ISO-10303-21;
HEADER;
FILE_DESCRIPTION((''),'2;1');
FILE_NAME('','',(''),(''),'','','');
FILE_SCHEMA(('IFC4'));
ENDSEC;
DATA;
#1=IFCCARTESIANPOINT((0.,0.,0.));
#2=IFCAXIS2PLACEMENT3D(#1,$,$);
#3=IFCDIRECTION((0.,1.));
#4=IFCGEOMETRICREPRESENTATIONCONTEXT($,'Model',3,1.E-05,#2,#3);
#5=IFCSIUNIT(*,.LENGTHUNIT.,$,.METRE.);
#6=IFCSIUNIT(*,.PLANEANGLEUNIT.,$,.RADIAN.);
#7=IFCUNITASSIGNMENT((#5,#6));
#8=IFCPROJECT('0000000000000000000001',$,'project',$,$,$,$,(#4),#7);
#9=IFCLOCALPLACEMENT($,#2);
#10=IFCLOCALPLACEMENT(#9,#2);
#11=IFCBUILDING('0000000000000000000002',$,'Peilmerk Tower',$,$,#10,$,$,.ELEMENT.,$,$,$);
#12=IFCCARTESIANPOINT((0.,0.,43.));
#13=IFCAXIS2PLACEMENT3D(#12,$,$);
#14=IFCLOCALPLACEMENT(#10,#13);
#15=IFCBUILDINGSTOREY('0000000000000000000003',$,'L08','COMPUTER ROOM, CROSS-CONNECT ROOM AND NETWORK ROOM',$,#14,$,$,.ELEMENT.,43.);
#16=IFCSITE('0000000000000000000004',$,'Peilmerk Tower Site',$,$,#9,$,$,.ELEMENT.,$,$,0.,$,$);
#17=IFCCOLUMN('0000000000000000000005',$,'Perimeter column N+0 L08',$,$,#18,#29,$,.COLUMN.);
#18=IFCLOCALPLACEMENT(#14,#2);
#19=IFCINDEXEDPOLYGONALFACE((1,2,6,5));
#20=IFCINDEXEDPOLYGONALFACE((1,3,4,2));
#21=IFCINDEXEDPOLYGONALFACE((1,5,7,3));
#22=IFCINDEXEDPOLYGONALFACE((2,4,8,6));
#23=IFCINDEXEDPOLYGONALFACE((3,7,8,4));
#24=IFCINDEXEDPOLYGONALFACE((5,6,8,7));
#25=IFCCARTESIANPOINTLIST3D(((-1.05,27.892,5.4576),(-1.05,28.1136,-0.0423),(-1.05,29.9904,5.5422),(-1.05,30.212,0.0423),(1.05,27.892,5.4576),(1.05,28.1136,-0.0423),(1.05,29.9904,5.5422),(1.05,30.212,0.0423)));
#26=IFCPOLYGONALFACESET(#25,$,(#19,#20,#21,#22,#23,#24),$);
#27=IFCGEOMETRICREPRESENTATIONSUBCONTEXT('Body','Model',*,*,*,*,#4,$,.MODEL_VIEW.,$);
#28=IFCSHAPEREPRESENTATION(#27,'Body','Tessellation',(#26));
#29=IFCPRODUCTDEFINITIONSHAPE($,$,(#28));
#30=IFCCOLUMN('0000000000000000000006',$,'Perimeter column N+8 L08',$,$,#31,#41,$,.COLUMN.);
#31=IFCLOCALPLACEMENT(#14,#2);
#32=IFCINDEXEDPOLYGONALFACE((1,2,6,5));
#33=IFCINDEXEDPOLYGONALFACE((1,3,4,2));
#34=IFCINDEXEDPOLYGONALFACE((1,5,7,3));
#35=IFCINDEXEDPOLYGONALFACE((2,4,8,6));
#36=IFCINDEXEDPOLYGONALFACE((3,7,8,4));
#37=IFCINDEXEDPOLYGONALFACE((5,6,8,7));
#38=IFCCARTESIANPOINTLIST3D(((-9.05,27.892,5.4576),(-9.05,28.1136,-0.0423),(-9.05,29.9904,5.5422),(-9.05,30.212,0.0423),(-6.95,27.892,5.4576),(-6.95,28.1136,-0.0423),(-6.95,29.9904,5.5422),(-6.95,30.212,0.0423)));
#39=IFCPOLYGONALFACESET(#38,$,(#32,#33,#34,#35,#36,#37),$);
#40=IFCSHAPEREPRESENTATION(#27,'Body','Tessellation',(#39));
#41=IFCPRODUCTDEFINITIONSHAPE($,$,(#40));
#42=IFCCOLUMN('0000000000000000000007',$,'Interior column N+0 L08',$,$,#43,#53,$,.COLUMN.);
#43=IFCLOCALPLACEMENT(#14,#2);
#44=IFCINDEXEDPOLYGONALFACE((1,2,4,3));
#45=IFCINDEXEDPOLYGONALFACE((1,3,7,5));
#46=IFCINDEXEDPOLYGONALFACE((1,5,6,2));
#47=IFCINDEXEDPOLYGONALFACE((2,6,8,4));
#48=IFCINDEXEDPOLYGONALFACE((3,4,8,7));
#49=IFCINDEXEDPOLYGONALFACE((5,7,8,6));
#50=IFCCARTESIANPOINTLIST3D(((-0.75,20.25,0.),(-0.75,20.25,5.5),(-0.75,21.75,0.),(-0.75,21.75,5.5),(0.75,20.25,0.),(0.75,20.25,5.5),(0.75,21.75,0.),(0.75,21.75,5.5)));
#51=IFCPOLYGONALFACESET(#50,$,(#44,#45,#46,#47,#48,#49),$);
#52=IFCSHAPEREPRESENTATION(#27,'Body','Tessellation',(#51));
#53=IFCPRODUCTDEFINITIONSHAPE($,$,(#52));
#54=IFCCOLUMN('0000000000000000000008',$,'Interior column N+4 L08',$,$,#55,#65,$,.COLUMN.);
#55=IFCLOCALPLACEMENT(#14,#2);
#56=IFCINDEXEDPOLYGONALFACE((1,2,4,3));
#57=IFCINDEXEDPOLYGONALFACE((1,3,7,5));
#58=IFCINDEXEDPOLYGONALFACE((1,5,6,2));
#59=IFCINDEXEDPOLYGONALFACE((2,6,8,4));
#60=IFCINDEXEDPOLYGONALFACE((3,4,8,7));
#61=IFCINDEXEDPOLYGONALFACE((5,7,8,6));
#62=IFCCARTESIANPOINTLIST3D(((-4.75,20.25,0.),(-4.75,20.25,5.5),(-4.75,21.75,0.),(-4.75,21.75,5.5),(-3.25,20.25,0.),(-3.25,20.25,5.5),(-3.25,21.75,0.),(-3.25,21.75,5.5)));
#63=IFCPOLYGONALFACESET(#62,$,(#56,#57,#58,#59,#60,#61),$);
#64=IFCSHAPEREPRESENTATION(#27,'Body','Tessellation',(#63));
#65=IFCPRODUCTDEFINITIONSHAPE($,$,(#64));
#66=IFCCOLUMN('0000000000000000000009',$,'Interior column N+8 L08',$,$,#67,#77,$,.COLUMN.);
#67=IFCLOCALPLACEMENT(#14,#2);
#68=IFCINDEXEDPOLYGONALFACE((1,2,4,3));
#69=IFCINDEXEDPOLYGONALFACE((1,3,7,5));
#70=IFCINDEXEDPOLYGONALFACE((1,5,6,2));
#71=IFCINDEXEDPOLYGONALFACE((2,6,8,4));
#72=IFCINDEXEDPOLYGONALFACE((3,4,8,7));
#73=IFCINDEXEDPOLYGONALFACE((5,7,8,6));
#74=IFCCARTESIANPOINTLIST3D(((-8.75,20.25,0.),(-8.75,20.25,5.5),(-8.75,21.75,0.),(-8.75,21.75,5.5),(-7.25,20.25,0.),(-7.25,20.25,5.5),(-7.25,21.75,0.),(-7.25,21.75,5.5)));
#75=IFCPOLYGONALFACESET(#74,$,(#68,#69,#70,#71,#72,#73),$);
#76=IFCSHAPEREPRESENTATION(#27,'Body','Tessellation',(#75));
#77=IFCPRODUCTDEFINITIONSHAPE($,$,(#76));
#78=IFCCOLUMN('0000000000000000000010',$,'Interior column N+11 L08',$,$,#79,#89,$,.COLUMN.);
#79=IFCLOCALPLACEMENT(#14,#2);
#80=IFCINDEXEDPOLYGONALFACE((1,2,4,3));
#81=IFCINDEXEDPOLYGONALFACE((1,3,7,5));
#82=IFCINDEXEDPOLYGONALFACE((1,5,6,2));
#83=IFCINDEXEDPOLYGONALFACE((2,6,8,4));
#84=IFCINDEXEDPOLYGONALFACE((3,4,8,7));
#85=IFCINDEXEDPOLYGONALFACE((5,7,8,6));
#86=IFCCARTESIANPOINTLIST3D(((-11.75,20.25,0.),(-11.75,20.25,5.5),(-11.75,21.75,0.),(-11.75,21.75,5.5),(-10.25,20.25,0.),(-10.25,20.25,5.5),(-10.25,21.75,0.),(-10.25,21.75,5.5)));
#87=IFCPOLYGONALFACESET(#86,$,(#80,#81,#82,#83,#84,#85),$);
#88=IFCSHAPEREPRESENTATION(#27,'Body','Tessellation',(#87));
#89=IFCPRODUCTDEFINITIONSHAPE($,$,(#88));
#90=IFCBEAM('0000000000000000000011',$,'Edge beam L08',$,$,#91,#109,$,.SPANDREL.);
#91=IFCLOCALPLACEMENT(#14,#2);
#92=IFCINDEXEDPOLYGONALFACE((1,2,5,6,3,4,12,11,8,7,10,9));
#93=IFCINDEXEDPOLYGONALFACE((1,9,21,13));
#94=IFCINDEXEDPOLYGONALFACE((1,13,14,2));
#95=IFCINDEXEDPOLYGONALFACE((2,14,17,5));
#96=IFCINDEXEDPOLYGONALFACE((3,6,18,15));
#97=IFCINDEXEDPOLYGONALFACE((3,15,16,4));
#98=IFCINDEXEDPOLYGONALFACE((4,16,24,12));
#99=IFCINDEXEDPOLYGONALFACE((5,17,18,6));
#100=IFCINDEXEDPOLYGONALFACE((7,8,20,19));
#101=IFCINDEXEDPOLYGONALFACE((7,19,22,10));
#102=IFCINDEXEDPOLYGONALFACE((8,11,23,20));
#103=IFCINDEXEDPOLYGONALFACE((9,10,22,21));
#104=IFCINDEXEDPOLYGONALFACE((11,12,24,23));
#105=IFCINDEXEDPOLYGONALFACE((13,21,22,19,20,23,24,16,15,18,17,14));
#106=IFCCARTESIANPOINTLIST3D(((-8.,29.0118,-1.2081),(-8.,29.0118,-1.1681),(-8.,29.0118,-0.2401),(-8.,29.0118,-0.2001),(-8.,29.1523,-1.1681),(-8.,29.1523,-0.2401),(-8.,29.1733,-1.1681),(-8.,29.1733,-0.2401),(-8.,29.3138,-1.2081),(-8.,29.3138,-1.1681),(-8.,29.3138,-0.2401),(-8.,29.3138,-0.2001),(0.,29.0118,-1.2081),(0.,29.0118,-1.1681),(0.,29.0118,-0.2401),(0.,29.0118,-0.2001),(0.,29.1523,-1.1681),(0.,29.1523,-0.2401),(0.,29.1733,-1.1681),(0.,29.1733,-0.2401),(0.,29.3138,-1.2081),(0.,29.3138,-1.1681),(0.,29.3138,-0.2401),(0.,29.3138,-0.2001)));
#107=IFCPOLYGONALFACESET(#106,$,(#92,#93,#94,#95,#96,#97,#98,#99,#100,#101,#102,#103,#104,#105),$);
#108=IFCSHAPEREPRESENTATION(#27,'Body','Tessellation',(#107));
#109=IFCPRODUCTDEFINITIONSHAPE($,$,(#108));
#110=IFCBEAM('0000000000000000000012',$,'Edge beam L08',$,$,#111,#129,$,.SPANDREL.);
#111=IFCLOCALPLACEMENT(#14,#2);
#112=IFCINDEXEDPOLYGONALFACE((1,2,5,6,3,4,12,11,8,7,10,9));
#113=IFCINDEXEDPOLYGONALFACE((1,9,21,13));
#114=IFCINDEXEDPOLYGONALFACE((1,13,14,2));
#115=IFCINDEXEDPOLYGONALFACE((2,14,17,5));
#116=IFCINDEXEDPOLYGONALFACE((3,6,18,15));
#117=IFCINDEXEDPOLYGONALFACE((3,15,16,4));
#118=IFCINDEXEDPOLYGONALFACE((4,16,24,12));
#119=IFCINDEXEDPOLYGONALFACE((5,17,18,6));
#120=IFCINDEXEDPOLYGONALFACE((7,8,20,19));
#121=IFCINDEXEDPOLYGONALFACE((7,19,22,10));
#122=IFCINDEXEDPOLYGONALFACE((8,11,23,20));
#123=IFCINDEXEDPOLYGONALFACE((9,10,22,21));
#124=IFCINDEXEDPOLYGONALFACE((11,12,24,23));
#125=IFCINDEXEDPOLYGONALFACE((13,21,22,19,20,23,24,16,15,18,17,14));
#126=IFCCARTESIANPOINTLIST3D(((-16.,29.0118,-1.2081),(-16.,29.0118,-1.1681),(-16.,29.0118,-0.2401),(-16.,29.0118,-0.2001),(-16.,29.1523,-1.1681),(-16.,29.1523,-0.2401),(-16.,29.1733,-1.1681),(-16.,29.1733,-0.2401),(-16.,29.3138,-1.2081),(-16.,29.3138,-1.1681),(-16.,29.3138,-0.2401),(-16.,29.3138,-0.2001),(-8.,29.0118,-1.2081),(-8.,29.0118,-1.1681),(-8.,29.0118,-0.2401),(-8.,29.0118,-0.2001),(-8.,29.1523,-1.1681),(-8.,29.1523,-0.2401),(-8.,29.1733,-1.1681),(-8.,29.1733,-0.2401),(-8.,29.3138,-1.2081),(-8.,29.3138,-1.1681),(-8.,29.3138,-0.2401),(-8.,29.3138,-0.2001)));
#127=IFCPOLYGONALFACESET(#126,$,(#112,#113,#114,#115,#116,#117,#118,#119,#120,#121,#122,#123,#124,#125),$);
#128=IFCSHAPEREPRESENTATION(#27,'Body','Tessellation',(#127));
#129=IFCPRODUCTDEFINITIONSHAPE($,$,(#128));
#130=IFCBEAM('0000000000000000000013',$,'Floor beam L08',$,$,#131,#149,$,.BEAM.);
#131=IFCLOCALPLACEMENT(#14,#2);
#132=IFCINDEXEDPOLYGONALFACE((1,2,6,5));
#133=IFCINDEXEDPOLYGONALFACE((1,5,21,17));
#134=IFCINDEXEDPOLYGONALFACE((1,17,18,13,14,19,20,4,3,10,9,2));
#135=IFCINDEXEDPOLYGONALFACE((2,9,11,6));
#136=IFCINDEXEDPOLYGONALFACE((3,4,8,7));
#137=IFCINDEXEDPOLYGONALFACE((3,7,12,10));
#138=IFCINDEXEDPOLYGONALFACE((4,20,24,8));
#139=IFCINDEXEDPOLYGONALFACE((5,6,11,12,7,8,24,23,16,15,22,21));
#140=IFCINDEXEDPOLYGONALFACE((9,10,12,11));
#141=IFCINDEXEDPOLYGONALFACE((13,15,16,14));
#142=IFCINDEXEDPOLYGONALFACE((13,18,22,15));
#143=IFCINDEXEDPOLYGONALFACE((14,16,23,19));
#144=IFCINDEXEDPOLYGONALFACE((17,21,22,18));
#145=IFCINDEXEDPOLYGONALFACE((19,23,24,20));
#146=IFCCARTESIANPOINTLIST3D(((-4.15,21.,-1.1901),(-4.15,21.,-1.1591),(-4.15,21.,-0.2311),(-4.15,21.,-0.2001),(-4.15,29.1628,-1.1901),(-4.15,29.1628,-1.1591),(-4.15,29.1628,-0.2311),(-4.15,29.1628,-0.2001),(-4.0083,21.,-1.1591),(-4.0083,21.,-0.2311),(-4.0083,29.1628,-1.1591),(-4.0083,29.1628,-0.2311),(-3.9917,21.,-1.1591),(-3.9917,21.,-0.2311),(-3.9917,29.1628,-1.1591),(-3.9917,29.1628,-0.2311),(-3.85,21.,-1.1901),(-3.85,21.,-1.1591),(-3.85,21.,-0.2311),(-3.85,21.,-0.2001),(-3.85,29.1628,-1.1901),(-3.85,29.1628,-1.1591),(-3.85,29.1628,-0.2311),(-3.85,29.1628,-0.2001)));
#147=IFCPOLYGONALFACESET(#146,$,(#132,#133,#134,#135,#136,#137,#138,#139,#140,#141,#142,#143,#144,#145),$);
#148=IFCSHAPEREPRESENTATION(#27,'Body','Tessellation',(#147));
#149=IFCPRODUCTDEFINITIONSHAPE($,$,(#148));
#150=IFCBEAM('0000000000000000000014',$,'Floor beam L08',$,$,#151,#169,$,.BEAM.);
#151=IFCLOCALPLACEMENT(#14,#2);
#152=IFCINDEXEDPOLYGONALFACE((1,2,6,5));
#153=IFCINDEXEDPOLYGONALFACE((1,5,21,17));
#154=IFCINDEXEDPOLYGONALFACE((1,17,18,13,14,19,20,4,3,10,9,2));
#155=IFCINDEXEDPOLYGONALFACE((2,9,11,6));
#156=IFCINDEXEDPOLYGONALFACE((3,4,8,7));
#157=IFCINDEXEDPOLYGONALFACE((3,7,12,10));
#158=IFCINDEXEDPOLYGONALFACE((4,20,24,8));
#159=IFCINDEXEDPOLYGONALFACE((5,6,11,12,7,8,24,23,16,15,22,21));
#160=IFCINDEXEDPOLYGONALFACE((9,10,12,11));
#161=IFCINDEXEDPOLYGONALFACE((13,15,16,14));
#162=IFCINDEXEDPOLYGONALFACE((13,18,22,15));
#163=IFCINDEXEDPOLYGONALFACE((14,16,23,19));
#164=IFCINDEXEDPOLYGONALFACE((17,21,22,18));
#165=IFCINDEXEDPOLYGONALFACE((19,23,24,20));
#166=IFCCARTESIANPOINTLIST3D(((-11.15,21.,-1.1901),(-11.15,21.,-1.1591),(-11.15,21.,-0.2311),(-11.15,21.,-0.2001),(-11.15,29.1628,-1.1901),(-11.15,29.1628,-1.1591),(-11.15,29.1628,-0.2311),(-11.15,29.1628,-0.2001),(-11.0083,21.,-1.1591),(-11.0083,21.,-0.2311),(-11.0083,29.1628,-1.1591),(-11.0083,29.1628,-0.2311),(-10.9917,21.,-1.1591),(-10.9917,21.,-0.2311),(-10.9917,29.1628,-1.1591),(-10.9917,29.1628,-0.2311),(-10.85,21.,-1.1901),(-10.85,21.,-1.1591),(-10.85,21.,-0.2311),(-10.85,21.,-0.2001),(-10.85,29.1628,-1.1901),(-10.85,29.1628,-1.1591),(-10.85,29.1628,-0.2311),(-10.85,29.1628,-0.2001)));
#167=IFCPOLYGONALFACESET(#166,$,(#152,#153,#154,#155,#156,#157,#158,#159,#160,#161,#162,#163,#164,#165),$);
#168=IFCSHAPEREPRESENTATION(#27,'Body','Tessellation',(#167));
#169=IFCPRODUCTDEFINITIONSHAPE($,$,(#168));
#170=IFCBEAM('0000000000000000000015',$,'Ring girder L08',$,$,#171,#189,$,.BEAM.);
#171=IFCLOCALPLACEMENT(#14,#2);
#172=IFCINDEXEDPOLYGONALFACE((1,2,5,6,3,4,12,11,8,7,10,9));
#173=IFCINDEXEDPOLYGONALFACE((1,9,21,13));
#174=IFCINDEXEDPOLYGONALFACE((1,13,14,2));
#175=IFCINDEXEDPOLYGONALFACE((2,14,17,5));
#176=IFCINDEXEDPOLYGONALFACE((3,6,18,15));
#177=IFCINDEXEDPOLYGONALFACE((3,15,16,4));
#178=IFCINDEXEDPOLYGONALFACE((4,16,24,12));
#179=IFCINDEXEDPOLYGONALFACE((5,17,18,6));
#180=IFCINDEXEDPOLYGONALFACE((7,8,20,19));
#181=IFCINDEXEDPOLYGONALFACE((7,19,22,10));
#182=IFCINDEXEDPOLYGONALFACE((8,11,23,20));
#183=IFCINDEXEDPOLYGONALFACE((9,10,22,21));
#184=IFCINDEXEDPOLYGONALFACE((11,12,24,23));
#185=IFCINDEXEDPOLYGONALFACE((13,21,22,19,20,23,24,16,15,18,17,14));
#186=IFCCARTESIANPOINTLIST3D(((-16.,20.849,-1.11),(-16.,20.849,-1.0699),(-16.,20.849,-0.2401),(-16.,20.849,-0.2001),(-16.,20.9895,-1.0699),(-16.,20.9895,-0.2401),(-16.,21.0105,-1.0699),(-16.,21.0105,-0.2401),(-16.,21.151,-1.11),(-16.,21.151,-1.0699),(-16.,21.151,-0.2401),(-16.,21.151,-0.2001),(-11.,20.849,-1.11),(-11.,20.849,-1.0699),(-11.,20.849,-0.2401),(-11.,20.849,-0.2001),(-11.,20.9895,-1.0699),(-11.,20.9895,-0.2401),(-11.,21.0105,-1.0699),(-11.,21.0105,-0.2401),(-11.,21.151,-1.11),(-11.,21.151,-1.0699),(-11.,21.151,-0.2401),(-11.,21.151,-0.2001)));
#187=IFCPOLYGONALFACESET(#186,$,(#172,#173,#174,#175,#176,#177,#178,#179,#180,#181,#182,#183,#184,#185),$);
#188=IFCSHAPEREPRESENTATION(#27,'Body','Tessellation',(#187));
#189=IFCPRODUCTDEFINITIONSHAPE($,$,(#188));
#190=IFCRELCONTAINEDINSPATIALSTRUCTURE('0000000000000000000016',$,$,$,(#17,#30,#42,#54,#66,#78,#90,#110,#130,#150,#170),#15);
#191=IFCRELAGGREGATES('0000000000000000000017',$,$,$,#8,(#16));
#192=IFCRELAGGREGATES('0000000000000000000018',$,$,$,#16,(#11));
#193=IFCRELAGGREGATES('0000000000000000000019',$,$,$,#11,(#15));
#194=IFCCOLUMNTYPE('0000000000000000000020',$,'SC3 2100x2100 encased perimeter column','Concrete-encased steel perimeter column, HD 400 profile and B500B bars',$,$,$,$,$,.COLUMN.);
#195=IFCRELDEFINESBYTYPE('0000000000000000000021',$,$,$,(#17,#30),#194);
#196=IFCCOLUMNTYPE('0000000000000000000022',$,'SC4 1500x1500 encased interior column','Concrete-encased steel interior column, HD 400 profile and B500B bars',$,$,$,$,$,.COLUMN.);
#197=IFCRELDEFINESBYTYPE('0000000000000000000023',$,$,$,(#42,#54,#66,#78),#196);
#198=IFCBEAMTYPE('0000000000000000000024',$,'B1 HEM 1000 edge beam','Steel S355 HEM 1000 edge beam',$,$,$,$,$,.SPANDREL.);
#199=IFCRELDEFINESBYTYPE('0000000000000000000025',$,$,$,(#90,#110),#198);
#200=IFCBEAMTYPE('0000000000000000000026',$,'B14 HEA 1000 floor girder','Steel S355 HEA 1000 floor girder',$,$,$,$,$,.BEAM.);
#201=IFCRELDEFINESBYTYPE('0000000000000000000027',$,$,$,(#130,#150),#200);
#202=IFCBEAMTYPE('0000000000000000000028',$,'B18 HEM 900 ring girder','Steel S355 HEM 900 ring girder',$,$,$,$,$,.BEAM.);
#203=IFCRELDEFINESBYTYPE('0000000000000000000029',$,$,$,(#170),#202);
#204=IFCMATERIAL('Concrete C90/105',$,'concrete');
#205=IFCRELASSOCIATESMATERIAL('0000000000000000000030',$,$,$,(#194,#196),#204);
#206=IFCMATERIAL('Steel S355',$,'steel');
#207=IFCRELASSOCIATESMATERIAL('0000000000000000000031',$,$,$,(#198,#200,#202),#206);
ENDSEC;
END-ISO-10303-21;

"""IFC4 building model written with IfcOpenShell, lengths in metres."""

from ifc_helpers import new_model, si_unit, direction, frame, origin, origin_2d, place, context, subcontext, project, spatial, rectangle, i_section, extrude, material, material_profile, profile_set, type_object, element, save


model = new_model("IFC4")

# Units and contexts
model_context = context("Model", 3, precision=1e-05, world=origin(), true_north=direction((0.0, 1.0)))
body_context = subcontext(model_context, "Body", "Model", "MODEL_VIEW")
ifc_project = project(units=[si_unit("LENGTHUNIT", "METRE"), si_unit("PLANEANGLEUNIT", "RADIAN")], contexts=[model_context])

# Site, building, storey
site_placement = place(None, origin())
site = spatial("IfcSite", under=ifc_project, at=site_placement, Name="Peilmerk Tower Site", CompositionType="ELEMENT", RefElevation=0.0)
building_placement = place(site_placement, origin())
building = spatial("IfcBuilding", under=site, at=building_placement, Name="Peilmerk Tower", CompositionType="ELEMENT")
storey_placement = place(building_placement, frame((0.0, 0.0, 43.0)))
storey = spatial("IfcBuildingStorey", under=building, at=storey_placement, Name="L08", Description="COMPUTER ROOM, CROSS-CONNECT ROOM AND NETWORK ROOM", CompositionType="ELEMENT", Elevation=43.0)

# Columns
ifc_material_1 = material(Name="Concrete C90/105", Category="concrete")
ifc_material_profile_1 = material_profile(ifc_material_1, rectangle(XDim=2.1001, YDim=2.1001, at=origin_2d()), Name="RC 2100x2100")
ifc_profile_set_1 = profile_set([ifc_material_profile_1], Name="Concrete C90/105")
column_type_1 = type_object("IfcColumnType", Name="SC3 2100x2100 encased perimeter column", Description="Concrete-encased steel perimeter column, HD 400 profile and B500B bars", PredefinedType="COLUMN", material=ifc_profile_set_1)
for number, where, z_axis, x_axis, name in (
    (1, (0.0, 29.1628, 0.0), (0.0, -0.040273, 0.999189), (1.0, 0.0, 0.0), "Perimeter column N+0 L08"),
    (2, (-8.0, 29.1628, 0.0), (0.0, -0.040273, 0.999189), (1.0, 0.0, 0.0), "Perimeter column N+8 L08"),
):
    element("IfcColumn", number, at=place(storey_placement, frame(where, z_axis=z_axis, x_axis=x_axis)), inside=storey, type_object=column_type_1, Name=name, PredefinedType="COLUMN", context=body_context, shape_type="SweptSolid", body=[
        extrude(rectangle(XDim=2.1001, YDim=2.1001, at=origin_2d()), origin(), (0.0, 0.0, 1.0), 5.5044),
    ])
ifc_material_profile_2 = material_profile(ifc_material_1, rectangle(XDim=1.5, YDim=1.5, at=origin_2d()), Name="RC 1500x1500")
ifc_profile_set_2 = profile_set([ifc_material_profile_2], Name="Concrete C90/105")
column_type_2 = type_object("IfcColumnType", Name="SC4 1500x1500 encased interior column", Description="Concrete-encased steel interior column, HD 400 profile and B500B bars", PredefinedType="COLUMN", material=ifc_profile_set_2)
for number, where, z_axis, x_axis, name in (
    (3, (0.0, 21.0, 0.0), (0.0, 0.0, 1.0), (1.0, 0.0, 0.0), "Interior column N+0 L08"),
    (4, (-4.0, 21.0, 0.0), (0.0, 0.0, 1.0), (1.0, 0.0, 0.0), "Interior column N+4 L08"),
    (5, (-8.0, 21.0, 0.0), (0.0, 0.0, 1.0), (1.0, 0.0, 0.0), "Interior column N+8 L08"),
    (6, (-11.0, 21.0, 0.0), (0.0, 0.0, 1.0), (1.0, 0.0, 0.0), "Interior column N+11 L08"),
):
    element("IfcColumn", number, at=place(storey_placement, frame(where, z_axis=z_axis, x_axis=x_axis)), inside=storey, type_object=column_type_2, Name=name, PredefinedType="COLUMN", context=body_context, shape_type="SweptSolid", body=[
        extrude(rectangle(XDim=1.5, YDim=1.5, at=origin_2d()), origin(), (0.0, 0.0, 1.0), 5.5),
    ])

# Beams
ifc_material_2 = material(Name="Steel S355", Category="steel")
ifc_material_profile_3 = material_profile(ifc_material_2, i_section(OverallWidth=0.302, OverallDepth=1.0081, WebThickness=0.021, FlangeThickness=0.04, at=origin_2d()), Name="HEM 1000")
ifc_profile_set_3 = profile_set([ifc_material_profile_3], Name="Steel S355")
beam_type_1 = type_object("IfcBeamType", Name="B1 HEM 1000 edge beam", Description="Steel S355 HEM 1000 edge beam", PredefinedType="SPANDREL", material=ifc_profile_set_3)
for number, where, z_axis, x_axis, name in (
    (7, (0.0, 29.1628, -0.7041), (-1.0, 0.0, 0.0), (0.0, -1.0, 0.0), "Edge beam L08"),
    (8, (-8.0, 29.1628, -0.7041), (-1.0, 0.0, 0.0), (0.0, -1.0, 0.0), "Edge beam L08"),
):
    element("IfcBeam", number, at=place(storey_placement, frame(where, z_axis=z_axis, x_axis=x_axis)), inside=storey, type_object=beam_type_1, Name=name, PredefinedType="SPANDREL", context=body_context, shape_type="SweptSolid", body=[
        extrude(i_section(OverallWidth=0.302, OverallDepth=1.0081, WebThickness=0.021, FlangeThickness=0.04, at=origin_2d()), origin(), (0.0, 0.0, 1.0), 8.0),
    ])
ifc_material_profile_4 = material_profile(ifc_material_2, i_section(OverallWidth=0.3, OverallDepth=0.99, WebThickness=0.0166, FlangeThickness=0.031, at=origin_2d()), Name="HEA 1000")
ifc_profile_set_4 = profile_set([ifc_material_profile_4], Name="Steel S355")
beam_type_2 = type_object("IfcBeamType", Name="B14 HEA 1000 floor girder", Description="Steel S355 HEA 1000 floor girder", PredefinedType="BEAM", material=ifc_profile_set_4)
for number, where, z_axis, x_axis, name in (
    (9, (-4.0, 21.0, -0.6951), (0.0, 1.0, 0.0), (-1.0, 0.0, 0.0), "Floor beam L08"),
    (10, (-11.0, 21.0, -0.6951), (0.0, 1.0, 0.0), (-1.0, 0.0, 0.0), "Floor beam L08"),
):
    element("IfcBeam", number, at=place(storey_placement, frame(where, z_axis=z_axis, x_axis=x_axis)), inside=storey, type_object=beam_type_2, Name=name, PredefinedType="BEAM", context=body_context, shape_type="SweptSolid", body=[
        extrude(i_section(OverallWidth=0.3, OverallDepth=0.99, WebThickness=0.0166, FlangeThickness=0.031, at=origin_2d()), origin(), (0.0, 0.0, 1.0), 8.1628),
    ])
ifc_material_profile_5 = material_profile(ifc_material_2, i_section(OverallWidth=0.302, OverallDepth=0.9099, WebThickness=0.021, FlangeThickness=0.04, at=origin_2d()), Name="HEM 900")
ifc_profile_set_5 = profile_set([ifc_material_profile_5], Name="Steel S355")
beam_type_3 = type_object("IfcBeamType", Name="B18 HEM 900 ring girder", Description="Steel S355 HEM 900 ring girder", PredefinedType="BEAM", material=ifc_profile_set_5)
beam_1_placement = place(storey_placement, frame((-11.0, 21.0, -0.655), z_axis=(-1.0, 0.0, 0.0), x_axis=(0.0, -1.0, 0.0)))
element("IfcBeam", 11, at=beam_1_placement, inside=storey, type_object=beam_type_3, Name="Ring girder L08", PredefinedType="BEAM", context=body_context, shape_type="SweptSolid", body=[
    extrude(i_section(OverallWidth=0.302, OverallDepth=0.9099, WebThickness=0.021, FlangeThickness=0.04, at=origin_2d()), origin(), (0.0, 0.0, 1.0), 5.0),
])

save(model, "model.ifc")
